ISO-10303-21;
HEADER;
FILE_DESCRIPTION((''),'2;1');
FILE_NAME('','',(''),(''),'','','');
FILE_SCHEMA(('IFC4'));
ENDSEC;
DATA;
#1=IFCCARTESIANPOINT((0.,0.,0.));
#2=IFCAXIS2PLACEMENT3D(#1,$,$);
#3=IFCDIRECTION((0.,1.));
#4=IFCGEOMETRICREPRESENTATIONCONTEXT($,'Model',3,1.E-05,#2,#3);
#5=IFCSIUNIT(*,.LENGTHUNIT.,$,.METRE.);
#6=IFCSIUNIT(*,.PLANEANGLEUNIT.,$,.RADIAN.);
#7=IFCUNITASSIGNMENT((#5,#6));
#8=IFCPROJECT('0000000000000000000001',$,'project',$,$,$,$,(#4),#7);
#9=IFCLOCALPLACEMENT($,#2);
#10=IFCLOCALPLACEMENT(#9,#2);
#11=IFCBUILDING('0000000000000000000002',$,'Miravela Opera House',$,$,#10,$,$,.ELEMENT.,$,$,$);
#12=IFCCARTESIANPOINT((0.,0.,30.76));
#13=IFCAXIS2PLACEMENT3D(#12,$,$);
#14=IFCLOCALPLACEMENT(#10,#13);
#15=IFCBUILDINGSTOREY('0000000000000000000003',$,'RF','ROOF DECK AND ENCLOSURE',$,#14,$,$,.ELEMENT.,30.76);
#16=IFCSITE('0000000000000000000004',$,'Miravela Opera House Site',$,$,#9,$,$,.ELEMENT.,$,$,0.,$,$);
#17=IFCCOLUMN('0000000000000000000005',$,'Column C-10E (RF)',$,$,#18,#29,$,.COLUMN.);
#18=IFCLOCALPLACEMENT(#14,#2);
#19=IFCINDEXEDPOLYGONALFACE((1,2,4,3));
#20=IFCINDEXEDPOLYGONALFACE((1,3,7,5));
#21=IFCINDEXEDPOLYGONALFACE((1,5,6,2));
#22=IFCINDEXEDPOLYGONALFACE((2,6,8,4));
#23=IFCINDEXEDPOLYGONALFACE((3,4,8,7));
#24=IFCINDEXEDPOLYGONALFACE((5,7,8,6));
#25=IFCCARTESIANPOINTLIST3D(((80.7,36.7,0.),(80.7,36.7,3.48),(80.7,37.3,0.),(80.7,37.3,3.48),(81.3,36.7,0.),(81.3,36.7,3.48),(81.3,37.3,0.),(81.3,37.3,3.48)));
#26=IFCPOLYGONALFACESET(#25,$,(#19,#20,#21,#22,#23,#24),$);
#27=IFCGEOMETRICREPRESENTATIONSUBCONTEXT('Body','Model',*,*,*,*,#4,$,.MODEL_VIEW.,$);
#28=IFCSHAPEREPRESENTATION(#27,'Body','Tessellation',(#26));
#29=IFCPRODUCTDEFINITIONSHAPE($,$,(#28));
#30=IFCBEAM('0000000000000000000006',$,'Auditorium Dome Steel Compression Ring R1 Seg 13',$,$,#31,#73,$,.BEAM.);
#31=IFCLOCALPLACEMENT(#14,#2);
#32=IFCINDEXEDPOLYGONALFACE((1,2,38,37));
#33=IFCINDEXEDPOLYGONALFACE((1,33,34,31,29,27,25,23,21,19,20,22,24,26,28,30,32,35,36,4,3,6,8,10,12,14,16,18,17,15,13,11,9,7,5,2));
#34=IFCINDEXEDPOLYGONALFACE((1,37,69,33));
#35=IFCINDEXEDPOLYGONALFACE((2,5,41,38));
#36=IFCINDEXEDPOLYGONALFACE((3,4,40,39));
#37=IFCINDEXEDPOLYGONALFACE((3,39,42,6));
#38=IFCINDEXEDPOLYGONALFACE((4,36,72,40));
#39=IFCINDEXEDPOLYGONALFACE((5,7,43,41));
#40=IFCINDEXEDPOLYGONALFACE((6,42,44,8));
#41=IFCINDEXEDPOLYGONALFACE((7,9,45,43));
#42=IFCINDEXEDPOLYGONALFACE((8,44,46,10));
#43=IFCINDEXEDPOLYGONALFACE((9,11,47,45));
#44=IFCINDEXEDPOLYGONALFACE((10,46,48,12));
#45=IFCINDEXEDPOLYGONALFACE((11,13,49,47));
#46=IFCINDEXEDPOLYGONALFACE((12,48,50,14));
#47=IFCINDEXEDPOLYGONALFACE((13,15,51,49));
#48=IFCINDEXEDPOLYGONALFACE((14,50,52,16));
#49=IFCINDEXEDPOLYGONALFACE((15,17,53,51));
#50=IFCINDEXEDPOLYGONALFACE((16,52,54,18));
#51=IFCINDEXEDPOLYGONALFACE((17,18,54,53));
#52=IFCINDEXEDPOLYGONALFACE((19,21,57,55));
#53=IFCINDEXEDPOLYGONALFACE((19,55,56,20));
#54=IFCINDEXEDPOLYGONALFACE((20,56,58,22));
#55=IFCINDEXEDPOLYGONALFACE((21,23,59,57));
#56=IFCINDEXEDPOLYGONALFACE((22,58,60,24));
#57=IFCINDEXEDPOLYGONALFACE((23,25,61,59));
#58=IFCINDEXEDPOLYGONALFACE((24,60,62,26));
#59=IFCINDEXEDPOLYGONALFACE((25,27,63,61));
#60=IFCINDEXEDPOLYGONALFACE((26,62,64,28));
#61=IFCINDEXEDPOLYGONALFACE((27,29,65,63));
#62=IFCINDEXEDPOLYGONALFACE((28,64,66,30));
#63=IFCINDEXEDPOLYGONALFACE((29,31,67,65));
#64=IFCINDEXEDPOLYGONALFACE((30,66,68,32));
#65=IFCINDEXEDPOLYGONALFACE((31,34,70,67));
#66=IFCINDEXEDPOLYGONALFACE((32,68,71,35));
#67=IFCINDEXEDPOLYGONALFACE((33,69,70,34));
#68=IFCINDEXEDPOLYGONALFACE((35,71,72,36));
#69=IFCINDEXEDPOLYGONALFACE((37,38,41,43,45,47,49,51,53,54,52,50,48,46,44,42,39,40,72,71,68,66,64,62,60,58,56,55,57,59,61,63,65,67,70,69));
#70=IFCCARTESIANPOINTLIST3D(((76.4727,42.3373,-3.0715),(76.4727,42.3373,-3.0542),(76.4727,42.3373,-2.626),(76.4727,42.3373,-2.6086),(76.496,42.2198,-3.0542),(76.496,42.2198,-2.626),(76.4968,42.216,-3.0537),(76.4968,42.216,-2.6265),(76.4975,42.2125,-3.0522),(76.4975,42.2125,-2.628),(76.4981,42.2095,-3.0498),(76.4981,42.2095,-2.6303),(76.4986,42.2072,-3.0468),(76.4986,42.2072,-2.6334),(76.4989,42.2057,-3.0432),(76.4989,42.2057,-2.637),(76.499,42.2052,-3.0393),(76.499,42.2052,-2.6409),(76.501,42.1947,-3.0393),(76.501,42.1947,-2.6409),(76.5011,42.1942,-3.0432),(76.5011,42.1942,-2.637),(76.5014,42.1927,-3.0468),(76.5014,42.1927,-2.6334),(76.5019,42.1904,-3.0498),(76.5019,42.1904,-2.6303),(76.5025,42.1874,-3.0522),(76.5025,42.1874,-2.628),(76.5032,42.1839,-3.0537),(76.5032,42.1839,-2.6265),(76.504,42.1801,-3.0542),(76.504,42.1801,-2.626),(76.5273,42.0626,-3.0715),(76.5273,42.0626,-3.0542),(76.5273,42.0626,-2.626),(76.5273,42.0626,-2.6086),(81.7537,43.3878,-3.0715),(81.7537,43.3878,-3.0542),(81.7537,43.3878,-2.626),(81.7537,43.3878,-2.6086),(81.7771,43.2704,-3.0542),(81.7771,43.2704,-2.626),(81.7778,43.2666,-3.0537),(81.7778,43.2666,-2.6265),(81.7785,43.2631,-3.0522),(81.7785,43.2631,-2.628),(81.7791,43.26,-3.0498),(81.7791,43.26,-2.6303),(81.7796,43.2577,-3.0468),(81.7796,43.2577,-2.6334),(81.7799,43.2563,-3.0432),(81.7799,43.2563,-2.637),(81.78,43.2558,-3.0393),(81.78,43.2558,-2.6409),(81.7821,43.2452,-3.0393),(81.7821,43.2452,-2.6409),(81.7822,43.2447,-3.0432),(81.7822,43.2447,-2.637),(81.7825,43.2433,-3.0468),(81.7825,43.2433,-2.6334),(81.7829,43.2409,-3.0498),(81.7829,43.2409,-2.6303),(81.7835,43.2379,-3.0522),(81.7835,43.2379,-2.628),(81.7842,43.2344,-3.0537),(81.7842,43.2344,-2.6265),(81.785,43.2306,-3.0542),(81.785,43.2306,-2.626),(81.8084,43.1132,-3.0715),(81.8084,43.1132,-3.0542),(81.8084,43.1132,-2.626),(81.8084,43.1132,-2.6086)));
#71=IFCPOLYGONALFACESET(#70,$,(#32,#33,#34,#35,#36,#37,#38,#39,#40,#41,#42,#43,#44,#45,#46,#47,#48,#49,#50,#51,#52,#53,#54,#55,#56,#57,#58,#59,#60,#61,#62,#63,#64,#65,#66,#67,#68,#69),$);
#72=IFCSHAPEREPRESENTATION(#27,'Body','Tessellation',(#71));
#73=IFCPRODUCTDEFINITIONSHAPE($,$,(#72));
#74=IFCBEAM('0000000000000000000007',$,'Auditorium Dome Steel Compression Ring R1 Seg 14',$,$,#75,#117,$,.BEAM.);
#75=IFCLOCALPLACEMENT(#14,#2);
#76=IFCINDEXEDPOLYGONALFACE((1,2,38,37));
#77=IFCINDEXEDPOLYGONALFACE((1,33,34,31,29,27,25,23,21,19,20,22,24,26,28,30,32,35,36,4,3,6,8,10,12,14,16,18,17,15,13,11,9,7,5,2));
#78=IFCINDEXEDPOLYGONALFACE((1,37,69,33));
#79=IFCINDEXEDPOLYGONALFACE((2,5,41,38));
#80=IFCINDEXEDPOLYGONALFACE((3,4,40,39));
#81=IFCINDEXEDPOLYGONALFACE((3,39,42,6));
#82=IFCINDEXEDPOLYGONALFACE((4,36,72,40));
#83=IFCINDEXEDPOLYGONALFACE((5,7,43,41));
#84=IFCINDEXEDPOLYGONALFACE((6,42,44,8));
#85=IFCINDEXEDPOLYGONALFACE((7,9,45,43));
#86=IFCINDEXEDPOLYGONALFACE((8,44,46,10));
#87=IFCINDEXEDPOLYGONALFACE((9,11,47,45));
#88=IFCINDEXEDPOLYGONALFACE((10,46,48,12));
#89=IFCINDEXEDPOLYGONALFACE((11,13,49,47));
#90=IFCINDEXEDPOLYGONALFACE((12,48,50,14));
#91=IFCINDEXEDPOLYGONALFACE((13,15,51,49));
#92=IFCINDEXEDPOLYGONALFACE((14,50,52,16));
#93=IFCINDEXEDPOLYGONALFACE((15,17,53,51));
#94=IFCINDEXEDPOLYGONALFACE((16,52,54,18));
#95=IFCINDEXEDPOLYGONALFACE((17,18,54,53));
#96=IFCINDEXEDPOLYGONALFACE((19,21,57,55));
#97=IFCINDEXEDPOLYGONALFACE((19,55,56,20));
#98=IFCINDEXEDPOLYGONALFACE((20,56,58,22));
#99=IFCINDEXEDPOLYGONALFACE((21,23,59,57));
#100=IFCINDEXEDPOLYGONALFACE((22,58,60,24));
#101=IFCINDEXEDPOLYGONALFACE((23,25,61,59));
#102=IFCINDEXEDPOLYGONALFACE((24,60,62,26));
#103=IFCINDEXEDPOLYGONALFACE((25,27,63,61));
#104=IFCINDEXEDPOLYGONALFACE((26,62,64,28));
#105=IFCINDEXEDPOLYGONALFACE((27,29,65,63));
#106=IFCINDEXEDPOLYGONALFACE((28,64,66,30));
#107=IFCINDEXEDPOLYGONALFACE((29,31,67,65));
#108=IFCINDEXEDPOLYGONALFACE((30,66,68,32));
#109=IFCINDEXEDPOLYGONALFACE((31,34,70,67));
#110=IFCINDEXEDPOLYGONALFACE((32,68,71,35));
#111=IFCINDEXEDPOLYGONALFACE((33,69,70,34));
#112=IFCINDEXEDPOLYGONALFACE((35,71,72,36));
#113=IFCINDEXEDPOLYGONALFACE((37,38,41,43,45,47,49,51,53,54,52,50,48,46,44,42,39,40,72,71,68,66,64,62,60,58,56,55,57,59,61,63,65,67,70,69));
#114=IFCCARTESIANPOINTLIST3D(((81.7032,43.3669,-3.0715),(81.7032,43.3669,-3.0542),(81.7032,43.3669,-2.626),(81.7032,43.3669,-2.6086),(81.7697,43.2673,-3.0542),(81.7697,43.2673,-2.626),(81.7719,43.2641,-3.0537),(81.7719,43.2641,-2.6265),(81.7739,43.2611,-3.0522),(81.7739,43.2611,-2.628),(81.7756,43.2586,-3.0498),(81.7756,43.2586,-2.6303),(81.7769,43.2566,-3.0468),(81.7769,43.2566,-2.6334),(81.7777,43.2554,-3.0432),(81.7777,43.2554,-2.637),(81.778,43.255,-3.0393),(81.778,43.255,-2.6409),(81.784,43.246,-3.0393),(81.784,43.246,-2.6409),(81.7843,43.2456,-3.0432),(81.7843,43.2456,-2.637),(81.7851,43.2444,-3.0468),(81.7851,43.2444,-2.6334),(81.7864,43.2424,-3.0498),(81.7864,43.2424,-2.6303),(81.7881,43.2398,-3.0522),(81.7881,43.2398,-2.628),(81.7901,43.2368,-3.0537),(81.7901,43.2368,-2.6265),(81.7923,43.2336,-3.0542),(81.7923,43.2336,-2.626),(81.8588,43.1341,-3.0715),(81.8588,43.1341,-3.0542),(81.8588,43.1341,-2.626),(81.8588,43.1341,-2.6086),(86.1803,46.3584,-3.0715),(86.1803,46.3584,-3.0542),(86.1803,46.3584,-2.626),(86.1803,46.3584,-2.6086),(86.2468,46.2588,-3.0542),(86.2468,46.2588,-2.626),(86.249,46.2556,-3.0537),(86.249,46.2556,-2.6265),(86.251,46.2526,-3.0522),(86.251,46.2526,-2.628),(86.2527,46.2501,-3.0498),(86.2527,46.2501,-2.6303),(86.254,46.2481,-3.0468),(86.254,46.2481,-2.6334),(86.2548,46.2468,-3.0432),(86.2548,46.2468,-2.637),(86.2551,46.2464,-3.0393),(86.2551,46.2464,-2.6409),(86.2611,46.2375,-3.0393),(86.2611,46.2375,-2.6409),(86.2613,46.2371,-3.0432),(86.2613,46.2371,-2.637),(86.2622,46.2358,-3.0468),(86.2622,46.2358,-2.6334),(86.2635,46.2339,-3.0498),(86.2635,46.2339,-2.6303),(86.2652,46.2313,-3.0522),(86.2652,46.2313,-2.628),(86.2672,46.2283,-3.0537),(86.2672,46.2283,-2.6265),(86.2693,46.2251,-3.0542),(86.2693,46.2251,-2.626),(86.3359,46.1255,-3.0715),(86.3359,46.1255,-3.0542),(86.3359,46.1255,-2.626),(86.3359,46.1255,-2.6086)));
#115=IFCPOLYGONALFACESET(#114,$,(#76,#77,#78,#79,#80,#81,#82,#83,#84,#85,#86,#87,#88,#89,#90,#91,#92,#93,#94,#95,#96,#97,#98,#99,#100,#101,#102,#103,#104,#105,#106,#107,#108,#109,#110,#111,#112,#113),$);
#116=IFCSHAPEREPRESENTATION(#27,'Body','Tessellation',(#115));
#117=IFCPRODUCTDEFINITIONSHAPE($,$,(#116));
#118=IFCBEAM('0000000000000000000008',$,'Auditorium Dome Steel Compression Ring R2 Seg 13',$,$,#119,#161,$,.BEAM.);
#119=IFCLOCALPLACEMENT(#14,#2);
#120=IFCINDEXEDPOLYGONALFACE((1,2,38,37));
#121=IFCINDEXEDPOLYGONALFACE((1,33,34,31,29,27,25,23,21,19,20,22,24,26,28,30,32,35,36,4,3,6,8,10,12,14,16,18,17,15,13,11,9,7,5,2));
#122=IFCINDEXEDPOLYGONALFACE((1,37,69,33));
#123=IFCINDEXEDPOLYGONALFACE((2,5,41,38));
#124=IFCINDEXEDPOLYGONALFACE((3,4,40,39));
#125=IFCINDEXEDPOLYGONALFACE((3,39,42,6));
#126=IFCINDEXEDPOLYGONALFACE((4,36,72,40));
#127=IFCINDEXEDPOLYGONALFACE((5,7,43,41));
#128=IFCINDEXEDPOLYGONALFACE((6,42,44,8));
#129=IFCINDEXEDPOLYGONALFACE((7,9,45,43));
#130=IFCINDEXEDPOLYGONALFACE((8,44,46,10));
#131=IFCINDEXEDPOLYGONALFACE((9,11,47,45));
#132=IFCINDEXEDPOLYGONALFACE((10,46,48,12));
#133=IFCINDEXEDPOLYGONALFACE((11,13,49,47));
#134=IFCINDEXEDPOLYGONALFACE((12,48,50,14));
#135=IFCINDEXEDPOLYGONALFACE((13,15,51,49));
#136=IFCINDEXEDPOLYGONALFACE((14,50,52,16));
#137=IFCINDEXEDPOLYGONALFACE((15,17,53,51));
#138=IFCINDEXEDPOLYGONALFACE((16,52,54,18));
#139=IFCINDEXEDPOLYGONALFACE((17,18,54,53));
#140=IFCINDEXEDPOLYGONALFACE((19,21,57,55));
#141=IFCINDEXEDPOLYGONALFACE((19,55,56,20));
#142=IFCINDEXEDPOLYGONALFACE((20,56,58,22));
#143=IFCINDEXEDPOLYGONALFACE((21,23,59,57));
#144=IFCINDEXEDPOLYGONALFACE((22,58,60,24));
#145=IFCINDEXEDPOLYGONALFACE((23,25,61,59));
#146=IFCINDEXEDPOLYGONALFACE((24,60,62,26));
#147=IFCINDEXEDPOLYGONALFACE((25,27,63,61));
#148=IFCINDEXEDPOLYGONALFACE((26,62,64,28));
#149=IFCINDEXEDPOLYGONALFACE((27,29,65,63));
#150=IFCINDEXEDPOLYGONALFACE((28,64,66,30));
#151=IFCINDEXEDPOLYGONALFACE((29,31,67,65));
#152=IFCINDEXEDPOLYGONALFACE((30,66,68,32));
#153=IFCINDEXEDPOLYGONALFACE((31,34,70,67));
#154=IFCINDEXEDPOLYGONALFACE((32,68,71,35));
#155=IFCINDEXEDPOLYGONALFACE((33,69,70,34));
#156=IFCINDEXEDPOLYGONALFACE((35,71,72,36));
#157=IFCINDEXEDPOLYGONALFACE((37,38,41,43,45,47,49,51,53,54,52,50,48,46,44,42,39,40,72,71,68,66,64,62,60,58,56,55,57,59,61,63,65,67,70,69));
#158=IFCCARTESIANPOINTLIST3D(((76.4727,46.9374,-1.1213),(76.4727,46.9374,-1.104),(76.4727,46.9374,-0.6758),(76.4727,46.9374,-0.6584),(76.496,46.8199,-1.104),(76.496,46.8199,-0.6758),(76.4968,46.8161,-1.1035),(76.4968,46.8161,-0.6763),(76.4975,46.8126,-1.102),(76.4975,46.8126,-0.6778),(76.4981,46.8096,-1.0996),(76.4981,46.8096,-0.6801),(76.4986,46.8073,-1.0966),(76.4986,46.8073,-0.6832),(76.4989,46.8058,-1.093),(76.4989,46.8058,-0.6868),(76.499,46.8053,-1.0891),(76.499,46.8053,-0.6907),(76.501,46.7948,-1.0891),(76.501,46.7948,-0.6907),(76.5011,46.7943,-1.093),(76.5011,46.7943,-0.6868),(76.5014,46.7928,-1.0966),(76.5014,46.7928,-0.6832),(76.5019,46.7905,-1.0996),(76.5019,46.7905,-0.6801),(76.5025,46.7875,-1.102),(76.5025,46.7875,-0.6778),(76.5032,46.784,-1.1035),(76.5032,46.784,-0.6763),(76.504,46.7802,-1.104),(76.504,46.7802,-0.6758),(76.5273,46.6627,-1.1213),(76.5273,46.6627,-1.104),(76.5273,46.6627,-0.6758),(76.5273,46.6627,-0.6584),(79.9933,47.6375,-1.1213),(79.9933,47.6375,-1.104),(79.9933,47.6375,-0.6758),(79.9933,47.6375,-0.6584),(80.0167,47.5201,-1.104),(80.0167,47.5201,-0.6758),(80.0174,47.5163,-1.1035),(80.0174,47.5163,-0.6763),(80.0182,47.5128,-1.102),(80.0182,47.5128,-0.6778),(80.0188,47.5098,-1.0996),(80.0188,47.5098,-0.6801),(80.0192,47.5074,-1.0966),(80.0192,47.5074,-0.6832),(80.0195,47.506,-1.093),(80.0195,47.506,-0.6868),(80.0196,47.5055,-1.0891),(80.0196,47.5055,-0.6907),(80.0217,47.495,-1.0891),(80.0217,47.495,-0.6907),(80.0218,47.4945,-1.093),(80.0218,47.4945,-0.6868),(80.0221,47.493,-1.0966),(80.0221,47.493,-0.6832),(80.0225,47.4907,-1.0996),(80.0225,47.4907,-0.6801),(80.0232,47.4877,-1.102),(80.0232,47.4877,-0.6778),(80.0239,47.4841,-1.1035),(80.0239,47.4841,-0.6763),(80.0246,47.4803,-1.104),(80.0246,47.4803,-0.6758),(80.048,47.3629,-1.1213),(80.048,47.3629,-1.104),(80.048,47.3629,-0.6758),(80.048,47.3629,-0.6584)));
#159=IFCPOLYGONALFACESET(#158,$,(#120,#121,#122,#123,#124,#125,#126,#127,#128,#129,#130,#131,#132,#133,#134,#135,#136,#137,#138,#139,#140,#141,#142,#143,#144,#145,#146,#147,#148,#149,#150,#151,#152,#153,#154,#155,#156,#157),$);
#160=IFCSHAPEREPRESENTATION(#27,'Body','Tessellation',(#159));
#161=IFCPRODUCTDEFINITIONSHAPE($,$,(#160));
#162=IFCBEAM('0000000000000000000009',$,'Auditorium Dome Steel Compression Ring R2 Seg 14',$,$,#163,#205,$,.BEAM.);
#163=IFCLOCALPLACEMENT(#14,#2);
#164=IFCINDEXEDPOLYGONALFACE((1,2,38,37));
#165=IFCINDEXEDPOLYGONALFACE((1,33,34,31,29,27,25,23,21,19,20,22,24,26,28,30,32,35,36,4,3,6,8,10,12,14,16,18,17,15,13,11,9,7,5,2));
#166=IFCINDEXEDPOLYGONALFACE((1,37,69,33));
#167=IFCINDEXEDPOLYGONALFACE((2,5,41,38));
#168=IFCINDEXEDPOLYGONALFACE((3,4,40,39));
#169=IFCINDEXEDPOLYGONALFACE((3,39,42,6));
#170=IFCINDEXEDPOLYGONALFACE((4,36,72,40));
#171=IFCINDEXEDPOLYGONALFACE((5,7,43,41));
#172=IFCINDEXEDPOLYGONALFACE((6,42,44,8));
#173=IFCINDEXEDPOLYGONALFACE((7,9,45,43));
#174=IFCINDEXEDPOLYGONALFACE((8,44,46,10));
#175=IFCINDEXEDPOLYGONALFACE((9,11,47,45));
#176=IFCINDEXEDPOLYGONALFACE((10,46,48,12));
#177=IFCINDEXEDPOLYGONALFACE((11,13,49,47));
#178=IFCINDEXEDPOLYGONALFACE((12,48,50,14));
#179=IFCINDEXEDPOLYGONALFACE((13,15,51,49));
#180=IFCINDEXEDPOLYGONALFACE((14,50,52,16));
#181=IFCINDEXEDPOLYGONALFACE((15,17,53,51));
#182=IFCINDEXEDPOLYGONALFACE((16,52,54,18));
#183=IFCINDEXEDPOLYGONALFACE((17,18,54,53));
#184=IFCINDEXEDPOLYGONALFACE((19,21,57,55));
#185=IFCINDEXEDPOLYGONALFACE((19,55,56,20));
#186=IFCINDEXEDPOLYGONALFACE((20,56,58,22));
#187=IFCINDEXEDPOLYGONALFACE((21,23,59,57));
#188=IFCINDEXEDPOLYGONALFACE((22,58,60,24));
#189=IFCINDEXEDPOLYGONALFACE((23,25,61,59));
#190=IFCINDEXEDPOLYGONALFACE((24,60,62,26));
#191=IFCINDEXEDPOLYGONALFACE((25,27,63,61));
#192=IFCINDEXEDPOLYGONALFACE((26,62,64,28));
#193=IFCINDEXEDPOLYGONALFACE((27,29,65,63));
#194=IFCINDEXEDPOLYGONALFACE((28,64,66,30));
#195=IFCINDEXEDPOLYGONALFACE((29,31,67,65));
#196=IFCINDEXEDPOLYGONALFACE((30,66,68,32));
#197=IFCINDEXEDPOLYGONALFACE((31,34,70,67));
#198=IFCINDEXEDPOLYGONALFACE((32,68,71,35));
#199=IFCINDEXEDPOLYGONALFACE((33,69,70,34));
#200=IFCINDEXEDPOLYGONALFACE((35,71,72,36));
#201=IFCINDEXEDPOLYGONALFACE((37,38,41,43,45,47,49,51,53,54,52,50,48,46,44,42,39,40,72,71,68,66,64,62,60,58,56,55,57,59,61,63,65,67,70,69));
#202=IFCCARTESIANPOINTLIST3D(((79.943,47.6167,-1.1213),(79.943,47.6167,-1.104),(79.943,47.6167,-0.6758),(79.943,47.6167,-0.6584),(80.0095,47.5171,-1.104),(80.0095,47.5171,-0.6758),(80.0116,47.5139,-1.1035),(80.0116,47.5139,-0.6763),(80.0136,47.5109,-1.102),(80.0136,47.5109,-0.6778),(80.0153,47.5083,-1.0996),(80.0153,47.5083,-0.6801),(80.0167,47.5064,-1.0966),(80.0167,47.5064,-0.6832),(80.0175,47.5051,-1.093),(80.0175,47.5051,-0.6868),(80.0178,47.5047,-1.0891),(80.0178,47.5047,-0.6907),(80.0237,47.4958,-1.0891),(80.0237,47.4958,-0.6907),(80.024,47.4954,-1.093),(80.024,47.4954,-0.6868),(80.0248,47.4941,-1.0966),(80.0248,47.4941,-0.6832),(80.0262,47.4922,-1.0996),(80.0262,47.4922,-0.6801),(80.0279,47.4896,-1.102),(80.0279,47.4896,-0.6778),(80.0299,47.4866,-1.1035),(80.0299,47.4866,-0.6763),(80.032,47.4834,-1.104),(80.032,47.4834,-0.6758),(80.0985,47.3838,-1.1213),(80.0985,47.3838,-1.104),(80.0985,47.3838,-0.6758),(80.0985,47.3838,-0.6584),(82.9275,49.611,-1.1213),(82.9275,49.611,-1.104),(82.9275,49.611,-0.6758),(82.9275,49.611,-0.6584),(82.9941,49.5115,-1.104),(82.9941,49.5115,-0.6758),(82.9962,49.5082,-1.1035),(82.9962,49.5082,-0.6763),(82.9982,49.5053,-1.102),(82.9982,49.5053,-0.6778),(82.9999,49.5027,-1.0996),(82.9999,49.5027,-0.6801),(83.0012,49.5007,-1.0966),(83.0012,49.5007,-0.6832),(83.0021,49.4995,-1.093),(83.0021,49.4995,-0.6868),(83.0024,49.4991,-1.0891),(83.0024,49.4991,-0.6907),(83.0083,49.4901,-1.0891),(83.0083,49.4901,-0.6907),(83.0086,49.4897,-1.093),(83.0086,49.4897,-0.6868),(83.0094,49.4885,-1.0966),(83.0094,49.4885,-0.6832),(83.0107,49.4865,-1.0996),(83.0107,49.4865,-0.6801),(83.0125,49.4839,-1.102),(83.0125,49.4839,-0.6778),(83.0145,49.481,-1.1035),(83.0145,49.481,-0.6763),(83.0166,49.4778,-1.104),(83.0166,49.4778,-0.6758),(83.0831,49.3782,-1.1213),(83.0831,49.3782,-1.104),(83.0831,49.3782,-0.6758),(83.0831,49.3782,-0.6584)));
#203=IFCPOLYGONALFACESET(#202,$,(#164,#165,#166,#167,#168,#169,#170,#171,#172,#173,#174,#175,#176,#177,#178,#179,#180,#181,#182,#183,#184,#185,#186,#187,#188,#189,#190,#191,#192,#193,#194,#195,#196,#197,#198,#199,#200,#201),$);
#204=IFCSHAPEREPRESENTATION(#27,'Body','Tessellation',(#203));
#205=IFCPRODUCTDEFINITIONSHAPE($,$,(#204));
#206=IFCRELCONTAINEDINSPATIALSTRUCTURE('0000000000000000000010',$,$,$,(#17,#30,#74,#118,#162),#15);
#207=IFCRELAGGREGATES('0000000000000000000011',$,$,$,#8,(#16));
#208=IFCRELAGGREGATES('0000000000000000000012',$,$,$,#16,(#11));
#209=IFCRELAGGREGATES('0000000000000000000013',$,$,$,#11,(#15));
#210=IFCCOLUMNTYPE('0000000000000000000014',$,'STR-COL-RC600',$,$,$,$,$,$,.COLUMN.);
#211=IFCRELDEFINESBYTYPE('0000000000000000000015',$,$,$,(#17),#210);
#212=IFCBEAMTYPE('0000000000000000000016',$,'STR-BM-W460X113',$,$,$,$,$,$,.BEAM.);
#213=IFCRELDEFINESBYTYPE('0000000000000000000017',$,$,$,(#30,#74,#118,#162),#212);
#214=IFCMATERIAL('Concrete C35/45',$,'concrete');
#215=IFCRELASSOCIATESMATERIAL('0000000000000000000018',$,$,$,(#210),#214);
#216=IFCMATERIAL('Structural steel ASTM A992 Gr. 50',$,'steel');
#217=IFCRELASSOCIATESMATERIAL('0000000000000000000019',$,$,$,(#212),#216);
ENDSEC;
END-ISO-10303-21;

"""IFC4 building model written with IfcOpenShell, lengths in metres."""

from ifc_helpers import new_model, si_unit, direction, frame, origin, origin_2d, place, context, subcontext, project, spatial, rectangle, i_section, extrude, material, material_profile, profile_set, type_object, element, save


model = new_model("IFC4")

# Units and contexts
model_context = context("Model", 3, precision=1e-05, world=origin(), true_north=direction((0.0, 1.0)))
body_context = subcontext(model_context, "Body", "Model", "MODEL_VIEW")
ifc_project = project(units=[si_unit("LENGTHUNIT", "METRE"), si_unit("PLANEANGLEUNIT", "RADIAN")], contexts=[model_context])

# Site, building, storey
site_placement = place(None, origin())
site = spatial("IfcSite", under=ifc_project, at=site_placement, Name="Miravela Opera House Site", CompositionType="ELEMENT", RefElevation=0.0)
building_placement = place(site_placement, origin())
building = spatial("IfcBuilding", under=site, at=building_placement, Name="Miravela Opera House", CompositionType="ELEMENT")
storey_placement = place(building_placement, frame((0.0, 0.0, 30.76)))
storey = spatial("IfcBuildingStorey", under=building, at=storey_placement, Name="RF", Description="ROOF DECK AND ENCLOSURE", CompositionType="ELEMENT", Elevation=30.76)

# Column
ifc_material_1 = material(Name="Concrete C35/45", Category="concrete")
ifc_material_profile_1 = material_profile(ifc_material_1, rectangle(XDim=0.6001, YDim=0.6001, at=origin_2d()), Name="RC-COL-600X600")
ifc_profile_set_1 = profile_set([ifc_material_profile_1])
column_type = type_object("IfcColumnType", Name="STR-COL-RC600", PredefinedType="COLUMN", material=ifc_profile_set_1)
column_placement = place(storey_placement, frame((81.0, 37.0, 0.0), z_axis=(0.0, 0.0, 1.0), x_axis=(1.0, 0.0, 0.0)))
element("IfcColumn", 1, at=column_placement, inside=storey, type_object=column_type, Name="Column C-10E (RF)", PredefinedType="COLUMN", context=body_context, shape_type="SweptSolid", body=[
    extrude(rectangle(XDim=0.6001, YDim=0.6001, at=origin_2d()), origin(), (0.0, 0.0, 1.0), 3.48),
])

# Beams
ifc_material_2 = material(Name="Structural steel ASTM A992 Gr. 50", Category="steel")
ifc_material_profile_2 = material_profile(ifc_material_2, i_section(OverallWidth=0.28, OverallDepth=0.4629, WebThickness=0.0107, FlangeThickness=0.0173, FilletRadius=0.0149, at=origin_2d()), Name="W460X113")
ifc_profile_set_2 = profile_set([ifc_material_profile_2])
beam_type = type_object("IfcBeamType", Name="STR-BM-W460X113", PredefinedType="BEAM", material=ifc_profile_set_2)
for number, where, z_axis, x_axis, name in (
    (2, (76.5, 42.2, -2.8401), (0.980782, 0.195105, 0.0), (-0.195105, 0.980782, 0.0), "Auditorium Dome Steel Compression Ring R1 Seg 13"),
    (3, (81.781, 43.2505, -2.8401), (0.831471, 0.555568, 0.0), (-0.555568, 0.831471, 0.0), "Auditorium Dome Steel Compression Ring R1 Seg 14"),
):
    element("IfcBeam", number, at=place(storey_placement, frame(where, z_axis=z_axis, x_axis=x_axis)), inside=storey, type_object=beam_type, Name=name, PredefinedType="BEAM", context=body_context, shape_type="SweptSolid", body=[
        extrude(i_section(OverallWidth=0.28, OverallDepth=0.4629, WebThickness=0.0107, FlangeThickness=0.0173, FilletRadius=0.0149, at=origin_2d()), origin(), (0.0, 0.0, 1.0), 5.3845),
    ])
for number, where, z_axis, x_axis, name in (
    (4, (76.5, 46.8, -0.8899), (0.980792, 0.195057, 0.0), (-0.195057, 0.980792, 0.0), "Auditorium Dome Steel Compression Ring R2 Seg 13"),
    (5, (80.0208, 47.5002, -0.8899), (0.831453, 0.555595, 0.0), (-0.555595, 0.831453, 0.0), "Auditorium Dome Steel Compression Ring R2 Seg 14"),
):
    element("IfcBeam", number, at=place(storey_placement, frame(where, z_axis=z_axis, x_axis=x_axis)), inside=storey, type_object=beam_type, Name=name, PredefinedType="BEAM", context=body_context, shape_type="SweptSolid", body=[
        extrude(i_section(OverallWidth=0.28, OverallDepth=0.4629, WebThickness=0.0107, FlangeThickness=0.0173, FilletRadius=0.0149, at=origin_2d()), origin(), (0.0, 0.0, 1.0), 3.5896),
    ])

save(model, "model.ifc")
